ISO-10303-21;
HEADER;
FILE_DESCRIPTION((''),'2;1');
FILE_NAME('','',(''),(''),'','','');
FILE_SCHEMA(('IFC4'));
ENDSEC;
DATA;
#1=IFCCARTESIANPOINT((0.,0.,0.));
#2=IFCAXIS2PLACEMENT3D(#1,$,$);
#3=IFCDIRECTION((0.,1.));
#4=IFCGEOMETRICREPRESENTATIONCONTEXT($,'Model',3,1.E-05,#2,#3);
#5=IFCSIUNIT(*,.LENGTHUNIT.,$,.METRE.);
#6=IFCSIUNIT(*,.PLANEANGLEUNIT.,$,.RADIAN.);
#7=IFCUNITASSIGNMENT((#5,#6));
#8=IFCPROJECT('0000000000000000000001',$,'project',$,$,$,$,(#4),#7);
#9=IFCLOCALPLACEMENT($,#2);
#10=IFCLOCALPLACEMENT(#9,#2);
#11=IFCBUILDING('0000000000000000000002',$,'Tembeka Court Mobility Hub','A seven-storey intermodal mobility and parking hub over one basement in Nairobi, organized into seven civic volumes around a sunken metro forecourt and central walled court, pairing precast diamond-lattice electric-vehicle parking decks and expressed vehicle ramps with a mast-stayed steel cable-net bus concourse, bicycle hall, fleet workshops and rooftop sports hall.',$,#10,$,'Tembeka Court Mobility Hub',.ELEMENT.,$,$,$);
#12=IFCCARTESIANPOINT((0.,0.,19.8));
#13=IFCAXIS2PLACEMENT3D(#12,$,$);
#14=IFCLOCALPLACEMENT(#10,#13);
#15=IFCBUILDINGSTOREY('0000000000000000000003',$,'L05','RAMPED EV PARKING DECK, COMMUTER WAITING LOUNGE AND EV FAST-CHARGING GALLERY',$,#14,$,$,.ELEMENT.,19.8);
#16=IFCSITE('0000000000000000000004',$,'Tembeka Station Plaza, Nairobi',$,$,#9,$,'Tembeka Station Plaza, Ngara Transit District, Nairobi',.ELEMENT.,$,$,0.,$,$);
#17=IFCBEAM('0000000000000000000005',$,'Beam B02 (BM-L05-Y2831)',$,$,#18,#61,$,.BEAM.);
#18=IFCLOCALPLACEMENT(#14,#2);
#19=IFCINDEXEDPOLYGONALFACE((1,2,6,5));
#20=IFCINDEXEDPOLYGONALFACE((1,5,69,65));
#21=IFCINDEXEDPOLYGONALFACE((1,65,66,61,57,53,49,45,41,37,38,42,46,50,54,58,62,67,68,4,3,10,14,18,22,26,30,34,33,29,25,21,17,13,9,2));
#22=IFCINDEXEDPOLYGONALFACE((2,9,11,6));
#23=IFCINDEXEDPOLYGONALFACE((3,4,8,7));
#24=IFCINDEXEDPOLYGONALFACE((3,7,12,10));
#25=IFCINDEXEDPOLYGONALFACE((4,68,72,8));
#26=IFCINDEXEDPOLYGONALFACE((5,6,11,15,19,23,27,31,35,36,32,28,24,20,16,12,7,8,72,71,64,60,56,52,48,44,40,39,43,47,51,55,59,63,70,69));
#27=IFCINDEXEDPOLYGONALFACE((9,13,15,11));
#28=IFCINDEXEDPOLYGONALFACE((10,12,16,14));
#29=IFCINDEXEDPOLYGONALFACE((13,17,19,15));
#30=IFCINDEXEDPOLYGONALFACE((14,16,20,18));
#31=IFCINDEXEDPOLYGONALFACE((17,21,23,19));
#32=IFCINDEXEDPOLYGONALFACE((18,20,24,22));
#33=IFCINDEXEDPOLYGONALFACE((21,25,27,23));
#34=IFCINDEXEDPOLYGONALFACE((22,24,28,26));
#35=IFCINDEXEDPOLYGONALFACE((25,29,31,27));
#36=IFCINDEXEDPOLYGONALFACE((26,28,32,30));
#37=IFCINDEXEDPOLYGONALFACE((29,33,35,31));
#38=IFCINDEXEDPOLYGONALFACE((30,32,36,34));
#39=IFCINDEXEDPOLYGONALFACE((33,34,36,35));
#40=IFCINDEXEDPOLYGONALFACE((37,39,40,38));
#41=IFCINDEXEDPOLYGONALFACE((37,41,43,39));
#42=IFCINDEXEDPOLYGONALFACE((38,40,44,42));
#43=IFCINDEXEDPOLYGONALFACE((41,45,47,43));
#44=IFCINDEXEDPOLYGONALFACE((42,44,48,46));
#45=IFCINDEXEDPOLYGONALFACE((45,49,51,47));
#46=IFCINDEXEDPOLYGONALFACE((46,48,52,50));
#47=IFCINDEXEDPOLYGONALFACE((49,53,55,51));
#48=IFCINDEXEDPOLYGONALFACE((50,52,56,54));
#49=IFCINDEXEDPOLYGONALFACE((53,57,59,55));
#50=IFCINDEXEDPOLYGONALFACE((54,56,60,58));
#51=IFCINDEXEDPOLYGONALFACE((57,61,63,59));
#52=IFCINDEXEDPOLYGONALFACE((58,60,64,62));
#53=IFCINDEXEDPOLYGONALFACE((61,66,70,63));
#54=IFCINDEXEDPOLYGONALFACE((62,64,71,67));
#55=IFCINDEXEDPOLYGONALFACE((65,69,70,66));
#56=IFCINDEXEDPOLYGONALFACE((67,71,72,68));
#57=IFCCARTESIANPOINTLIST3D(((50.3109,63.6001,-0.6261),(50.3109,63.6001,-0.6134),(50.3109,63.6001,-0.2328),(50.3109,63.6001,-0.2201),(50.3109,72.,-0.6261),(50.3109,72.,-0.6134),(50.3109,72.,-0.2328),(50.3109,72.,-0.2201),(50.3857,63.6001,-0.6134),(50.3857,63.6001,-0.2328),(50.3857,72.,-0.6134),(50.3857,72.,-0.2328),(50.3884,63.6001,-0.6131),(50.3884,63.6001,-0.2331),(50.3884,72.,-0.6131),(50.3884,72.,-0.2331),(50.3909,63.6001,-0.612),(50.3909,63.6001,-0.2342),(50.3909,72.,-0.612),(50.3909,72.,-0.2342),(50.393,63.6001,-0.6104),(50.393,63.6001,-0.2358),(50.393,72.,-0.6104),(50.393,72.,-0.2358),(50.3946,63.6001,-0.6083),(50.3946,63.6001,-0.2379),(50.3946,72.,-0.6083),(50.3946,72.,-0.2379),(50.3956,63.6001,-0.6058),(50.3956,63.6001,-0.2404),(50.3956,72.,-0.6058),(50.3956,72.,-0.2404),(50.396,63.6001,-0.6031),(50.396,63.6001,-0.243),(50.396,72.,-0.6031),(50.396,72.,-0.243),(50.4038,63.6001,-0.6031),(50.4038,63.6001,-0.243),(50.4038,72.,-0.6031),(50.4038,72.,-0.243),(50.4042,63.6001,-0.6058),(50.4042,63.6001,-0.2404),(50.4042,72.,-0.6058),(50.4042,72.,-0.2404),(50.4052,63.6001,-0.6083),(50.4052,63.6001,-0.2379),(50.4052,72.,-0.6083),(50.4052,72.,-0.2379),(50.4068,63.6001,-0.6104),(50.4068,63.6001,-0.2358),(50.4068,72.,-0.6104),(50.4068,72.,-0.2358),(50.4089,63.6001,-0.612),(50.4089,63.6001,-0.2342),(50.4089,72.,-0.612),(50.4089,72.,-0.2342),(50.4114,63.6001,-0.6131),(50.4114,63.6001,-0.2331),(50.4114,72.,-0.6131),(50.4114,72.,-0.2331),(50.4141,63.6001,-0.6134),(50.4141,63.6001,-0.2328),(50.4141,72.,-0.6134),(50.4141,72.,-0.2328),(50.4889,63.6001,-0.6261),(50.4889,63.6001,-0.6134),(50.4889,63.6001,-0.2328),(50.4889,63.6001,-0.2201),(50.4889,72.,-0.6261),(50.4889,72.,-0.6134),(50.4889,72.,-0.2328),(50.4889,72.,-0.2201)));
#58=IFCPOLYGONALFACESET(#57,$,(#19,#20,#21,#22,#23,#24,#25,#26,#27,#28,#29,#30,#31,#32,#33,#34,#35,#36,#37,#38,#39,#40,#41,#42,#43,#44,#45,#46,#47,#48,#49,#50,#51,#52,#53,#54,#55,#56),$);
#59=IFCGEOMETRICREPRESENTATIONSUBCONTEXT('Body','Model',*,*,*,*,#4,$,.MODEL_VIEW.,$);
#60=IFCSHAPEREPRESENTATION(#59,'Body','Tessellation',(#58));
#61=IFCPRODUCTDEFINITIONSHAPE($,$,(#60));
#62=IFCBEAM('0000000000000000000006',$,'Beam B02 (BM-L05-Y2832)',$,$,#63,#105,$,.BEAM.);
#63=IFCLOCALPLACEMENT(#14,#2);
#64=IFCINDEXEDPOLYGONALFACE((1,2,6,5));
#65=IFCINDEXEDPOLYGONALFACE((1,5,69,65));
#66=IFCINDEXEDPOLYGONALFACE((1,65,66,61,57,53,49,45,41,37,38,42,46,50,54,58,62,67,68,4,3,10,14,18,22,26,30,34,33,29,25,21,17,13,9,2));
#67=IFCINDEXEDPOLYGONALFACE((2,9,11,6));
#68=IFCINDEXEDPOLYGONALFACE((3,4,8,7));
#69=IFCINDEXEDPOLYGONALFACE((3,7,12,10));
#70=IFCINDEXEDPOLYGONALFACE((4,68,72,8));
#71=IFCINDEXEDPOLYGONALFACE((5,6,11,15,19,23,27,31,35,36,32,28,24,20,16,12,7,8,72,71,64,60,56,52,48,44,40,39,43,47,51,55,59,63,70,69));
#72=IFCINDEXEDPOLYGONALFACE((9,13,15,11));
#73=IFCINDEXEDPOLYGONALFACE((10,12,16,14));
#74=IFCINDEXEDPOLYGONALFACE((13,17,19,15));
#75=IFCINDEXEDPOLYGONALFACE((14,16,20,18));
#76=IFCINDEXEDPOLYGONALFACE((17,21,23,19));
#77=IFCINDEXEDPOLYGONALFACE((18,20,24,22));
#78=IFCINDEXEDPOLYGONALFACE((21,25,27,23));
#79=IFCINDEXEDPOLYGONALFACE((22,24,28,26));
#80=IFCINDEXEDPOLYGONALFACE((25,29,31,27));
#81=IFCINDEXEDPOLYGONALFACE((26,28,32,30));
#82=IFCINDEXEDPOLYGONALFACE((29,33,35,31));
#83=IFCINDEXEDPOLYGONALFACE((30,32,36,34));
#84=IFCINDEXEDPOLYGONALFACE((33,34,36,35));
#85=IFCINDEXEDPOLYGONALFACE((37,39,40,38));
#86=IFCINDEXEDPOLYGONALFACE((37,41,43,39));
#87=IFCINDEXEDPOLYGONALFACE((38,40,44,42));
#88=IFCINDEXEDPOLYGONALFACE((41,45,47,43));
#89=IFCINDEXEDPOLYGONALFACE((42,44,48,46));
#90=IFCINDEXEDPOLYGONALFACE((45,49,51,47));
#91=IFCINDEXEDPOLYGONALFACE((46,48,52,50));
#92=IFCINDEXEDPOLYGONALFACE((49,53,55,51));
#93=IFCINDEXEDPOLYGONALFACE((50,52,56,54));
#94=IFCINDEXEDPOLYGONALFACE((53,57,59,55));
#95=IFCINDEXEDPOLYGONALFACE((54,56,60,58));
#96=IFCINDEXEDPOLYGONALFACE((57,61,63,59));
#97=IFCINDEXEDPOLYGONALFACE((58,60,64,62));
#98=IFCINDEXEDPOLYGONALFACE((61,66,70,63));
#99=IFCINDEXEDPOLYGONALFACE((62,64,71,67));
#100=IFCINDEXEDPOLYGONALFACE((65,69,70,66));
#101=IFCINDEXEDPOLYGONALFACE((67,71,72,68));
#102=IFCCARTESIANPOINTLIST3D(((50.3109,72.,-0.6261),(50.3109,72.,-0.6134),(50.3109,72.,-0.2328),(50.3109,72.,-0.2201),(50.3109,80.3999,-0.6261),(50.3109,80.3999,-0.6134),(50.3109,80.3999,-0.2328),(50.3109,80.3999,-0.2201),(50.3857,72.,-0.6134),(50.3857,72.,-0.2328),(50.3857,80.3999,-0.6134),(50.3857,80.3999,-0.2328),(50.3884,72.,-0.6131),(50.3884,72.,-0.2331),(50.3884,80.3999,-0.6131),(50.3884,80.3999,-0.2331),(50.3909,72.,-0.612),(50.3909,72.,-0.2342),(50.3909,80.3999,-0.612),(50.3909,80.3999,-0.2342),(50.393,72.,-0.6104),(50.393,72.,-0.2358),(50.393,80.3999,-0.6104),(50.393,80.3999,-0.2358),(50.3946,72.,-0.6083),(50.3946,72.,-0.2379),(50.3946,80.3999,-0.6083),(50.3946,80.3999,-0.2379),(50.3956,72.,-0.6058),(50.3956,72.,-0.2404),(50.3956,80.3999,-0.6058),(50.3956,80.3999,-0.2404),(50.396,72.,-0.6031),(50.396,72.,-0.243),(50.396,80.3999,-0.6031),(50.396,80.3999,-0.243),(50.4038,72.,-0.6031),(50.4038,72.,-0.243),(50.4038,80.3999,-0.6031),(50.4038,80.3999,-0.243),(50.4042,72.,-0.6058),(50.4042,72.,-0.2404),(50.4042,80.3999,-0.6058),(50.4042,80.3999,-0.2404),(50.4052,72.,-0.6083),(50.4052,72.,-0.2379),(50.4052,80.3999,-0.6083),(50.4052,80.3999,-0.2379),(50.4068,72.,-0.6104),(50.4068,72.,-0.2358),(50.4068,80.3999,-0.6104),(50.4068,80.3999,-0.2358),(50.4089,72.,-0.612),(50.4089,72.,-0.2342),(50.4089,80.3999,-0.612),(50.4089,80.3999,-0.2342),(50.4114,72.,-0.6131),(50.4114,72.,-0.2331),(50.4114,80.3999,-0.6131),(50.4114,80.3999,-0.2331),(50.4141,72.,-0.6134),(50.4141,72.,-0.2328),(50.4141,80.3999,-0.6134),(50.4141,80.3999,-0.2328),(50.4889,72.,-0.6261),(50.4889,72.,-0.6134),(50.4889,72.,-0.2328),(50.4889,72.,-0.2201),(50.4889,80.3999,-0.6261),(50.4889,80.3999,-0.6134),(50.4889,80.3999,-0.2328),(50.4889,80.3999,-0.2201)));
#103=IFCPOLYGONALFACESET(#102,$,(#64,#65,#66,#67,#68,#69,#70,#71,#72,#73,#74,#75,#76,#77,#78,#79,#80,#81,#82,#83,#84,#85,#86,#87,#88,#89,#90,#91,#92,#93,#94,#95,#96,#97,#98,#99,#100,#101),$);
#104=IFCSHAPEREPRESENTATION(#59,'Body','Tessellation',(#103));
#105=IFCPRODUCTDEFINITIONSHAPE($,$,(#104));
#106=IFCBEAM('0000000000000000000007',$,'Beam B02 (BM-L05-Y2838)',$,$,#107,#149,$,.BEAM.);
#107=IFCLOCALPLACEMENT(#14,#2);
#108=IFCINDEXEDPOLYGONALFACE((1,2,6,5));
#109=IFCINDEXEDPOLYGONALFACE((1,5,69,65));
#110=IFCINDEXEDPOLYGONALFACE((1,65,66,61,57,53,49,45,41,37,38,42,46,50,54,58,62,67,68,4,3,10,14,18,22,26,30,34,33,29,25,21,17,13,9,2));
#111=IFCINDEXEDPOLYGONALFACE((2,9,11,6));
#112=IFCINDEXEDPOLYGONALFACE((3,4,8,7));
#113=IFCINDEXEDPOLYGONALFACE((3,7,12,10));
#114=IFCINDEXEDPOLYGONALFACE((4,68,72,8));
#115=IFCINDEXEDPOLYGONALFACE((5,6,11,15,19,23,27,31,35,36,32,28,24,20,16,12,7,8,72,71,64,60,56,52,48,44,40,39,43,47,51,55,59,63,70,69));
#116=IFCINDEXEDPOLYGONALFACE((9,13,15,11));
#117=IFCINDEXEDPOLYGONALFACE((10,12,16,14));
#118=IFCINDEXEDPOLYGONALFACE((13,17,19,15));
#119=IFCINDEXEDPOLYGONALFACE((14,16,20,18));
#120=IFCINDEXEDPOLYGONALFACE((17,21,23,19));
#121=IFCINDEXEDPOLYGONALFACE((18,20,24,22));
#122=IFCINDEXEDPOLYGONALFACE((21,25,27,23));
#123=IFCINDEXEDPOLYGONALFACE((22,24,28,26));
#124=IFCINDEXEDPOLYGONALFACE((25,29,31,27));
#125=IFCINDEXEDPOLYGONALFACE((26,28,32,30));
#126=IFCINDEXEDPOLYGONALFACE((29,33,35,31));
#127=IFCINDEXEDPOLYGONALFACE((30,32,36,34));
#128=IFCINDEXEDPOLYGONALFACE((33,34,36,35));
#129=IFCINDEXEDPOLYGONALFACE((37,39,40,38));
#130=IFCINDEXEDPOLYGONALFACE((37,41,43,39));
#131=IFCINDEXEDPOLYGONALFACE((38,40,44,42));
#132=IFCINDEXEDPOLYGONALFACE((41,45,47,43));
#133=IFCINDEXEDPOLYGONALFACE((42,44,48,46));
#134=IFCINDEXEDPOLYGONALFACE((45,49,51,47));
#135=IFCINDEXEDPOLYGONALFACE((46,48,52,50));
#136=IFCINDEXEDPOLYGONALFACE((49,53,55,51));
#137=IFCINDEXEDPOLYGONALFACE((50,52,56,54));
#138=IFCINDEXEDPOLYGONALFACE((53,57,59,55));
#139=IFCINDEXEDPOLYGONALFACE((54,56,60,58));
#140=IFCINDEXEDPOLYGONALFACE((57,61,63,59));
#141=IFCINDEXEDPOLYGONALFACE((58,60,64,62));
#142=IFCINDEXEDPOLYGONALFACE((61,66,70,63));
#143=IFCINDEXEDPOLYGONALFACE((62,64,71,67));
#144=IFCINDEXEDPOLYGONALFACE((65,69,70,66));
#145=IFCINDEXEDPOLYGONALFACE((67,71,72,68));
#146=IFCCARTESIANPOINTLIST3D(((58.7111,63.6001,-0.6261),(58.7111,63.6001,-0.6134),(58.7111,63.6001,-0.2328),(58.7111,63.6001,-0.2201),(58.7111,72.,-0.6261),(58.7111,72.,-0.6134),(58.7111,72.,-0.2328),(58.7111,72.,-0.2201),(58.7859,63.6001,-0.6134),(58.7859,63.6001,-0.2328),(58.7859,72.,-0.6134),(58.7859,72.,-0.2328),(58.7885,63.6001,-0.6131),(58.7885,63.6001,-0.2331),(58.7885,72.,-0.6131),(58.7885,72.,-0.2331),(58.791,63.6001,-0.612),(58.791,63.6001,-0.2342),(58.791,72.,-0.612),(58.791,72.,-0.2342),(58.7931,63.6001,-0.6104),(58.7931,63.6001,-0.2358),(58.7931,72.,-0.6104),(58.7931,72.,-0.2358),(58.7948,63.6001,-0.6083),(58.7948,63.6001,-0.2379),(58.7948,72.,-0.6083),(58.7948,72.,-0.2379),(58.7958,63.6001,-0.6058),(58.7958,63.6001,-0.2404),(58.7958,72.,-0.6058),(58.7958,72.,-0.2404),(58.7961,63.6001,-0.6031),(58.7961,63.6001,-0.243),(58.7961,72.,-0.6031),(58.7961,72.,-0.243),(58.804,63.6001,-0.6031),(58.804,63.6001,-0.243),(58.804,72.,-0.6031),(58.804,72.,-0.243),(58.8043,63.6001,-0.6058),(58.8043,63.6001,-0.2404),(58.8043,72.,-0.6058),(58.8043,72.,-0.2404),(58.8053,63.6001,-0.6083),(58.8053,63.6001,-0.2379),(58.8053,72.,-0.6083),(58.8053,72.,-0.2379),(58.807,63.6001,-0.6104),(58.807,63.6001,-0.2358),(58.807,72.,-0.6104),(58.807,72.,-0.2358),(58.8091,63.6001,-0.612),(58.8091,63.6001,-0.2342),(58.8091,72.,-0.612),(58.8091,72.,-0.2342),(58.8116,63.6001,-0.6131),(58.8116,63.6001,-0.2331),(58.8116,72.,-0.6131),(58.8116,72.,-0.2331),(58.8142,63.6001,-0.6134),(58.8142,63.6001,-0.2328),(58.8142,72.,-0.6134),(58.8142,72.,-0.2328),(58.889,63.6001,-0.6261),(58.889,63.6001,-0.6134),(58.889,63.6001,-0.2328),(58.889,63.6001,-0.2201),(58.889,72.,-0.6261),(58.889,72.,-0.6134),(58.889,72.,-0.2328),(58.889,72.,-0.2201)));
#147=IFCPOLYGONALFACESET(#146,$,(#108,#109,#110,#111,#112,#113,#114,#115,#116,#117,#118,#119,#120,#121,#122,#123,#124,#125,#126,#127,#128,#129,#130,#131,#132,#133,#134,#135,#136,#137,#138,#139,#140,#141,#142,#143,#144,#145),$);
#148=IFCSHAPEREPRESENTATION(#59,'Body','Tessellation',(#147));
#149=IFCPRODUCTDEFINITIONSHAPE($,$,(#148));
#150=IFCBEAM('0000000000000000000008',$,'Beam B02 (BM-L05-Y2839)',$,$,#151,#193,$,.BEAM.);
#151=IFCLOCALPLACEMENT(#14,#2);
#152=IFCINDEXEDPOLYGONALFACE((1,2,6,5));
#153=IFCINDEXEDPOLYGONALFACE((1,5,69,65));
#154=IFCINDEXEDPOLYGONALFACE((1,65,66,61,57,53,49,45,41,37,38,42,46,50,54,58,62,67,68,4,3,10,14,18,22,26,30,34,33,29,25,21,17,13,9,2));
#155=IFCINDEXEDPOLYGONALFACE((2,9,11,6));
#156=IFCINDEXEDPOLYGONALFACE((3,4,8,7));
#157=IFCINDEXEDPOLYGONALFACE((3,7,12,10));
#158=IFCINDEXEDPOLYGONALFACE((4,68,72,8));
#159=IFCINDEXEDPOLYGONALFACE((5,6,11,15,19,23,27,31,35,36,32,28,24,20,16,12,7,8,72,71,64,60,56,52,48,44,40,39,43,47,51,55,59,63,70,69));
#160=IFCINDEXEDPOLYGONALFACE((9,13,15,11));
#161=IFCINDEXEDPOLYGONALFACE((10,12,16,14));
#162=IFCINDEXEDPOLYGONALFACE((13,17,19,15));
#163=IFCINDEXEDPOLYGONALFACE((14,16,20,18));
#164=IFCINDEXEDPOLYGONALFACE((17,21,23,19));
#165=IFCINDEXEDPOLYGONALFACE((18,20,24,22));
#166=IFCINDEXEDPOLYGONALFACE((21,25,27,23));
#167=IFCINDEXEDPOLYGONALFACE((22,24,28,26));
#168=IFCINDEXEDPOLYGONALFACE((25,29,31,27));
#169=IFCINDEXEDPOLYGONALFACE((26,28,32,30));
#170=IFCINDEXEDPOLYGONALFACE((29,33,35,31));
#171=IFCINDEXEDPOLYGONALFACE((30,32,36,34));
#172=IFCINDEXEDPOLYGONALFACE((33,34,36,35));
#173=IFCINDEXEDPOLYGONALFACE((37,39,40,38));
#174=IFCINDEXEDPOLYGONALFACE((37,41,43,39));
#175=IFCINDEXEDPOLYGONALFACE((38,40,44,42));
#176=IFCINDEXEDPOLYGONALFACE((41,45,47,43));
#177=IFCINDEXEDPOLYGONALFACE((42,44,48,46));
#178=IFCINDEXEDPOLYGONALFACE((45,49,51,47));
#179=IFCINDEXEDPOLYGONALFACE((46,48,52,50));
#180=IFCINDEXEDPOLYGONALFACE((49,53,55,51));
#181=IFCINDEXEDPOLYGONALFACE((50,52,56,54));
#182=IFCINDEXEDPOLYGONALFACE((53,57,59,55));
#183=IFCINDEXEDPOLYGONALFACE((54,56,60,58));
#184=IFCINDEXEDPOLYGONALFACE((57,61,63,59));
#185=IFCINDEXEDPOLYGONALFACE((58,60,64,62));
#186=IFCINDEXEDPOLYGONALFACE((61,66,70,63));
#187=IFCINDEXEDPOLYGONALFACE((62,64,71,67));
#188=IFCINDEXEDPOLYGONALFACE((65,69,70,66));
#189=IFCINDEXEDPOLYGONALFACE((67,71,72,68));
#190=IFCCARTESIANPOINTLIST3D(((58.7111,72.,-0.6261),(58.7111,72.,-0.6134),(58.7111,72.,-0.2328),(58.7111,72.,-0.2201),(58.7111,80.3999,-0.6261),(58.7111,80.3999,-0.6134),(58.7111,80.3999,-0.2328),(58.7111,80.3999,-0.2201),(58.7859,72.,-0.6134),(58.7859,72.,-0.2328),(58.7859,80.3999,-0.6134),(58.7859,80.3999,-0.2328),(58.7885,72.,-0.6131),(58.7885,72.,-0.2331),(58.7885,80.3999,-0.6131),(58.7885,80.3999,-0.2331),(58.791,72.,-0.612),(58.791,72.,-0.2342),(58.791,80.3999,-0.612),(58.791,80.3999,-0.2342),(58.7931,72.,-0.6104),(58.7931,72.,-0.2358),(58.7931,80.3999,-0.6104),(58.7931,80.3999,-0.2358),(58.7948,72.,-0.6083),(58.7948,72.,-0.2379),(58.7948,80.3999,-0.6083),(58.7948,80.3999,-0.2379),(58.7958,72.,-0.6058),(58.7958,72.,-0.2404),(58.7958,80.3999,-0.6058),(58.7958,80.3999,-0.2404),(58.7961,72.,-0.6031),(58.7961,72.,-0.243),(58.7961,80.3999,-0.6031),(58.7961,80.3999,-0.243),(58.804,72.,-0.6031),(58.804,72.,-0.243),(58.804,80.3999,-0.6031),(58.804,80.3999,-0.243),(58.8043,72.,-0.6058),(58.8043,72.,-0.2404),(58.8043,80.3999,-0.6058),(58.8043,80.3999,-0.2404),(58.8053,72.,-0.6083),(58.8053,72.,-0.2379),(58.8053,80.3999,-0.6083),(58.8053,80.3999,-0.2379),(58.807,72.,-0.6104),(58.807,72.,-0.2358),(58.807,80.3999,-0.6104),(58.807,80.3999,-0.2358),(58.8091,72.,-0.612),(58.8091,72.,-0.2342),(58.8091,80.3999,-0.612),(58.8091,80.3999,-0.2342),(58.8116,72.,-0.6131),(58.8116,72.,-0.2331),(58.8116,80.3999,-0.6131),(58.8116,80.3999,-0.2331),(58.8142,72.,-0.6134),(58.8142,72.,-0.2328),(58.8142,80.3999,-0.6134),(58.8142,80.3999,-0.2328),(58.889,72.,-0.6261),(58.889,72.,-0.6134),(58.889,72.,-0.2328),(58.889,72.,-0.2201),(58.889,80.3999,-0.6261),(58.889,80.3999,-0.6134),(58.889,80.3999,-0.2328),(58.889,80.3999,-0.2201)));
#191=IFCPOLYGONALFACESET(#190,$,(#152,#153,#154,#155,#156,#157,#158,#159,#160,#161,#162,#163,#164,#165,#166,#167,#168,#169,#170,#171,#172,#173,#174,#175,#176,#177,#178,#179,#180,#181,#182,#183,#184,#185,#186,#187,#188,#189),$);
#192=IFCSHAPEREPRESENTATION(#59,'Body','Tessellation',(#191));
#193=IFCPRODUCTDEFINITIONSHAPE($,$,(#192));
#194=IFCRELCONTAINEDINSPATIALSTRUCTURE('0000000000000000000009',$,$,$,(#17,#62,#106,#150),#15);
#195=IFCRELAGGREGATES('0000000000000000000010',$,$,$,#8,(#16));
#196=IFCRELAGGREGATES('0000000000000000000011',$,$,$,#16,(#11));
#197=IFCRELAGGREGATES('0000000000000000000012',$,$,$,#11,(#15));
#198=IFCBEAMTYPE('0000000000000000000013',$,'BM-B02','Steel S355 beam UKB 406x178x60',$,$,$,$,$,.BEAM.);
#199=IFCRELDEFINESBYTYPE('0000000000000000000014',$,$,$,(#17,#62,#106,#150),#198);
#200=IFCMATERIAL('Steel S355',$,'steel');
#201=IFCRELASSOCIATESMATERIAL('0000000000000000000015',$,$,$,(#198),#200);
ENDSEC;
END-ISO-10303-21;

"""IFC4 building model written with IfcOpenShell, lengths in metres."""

from ifc_helpers import new_model, si_unit, direction, frame, origin, origin_2d, place, context, subcontext, project, spatial, i_section, extrude, material, material_profile, profile_set, type_object, element, save


model = new_model("IFC4")

# Units and contexts
model_context = context("Model", 3, precision=1e-05, world=origin(), true_north=direction((0.0, 1.0)))
body_context = subcontext(model_context, "Body", "Model", "MODEL_VIEW")
ifc_project = project(units=[si_unit("LENGTHUNIT", "METRE"), si_unit("PLANEANGLEUNIT", "RADIAN")], contexts=[model_context])

# Site, building, storey
site_placement = place(None, origin())
site = spatial("IfcSite", under=ifc_project, at=site_placement, Name="Tembeka Station Plaza, Nairobi", LongName="Tembeka Station Plaza, Ngara Transit District, Nairobi", CompositionType="ELEMENT", RefElevation=0.0)
building_placement = place(site_placement, origin())
building = spatial("IfcBuilding", under=site, at=building_placement, Name="Tembeka Court Mobility Hub", Description="A seven-storey intermodal mobility and parking hub over one basement in Nairobi, organized into seven civic volumes around a sunken metro forecourt and central walled court, pairing precast diamond-lattice electric-vehicle parking decks and expressed vehicle ramps with a mast-stayed steel cable-net bus concourse, bicycle hall, fleet workshops and rooftop sports hall.", LongName="Tembeka Court Mobility Hub", CompositionType="ELEMENT")
storey_placement = place(building_placement, frame((0.0, 0.0, 19.8)))
storey = spatial("IfcBuildingStorey", under=building, at=storey_placement, Name="L05", Description="RAMPED EV PARKING DECK, COMMUTER WAITING LOUNGE AND EV FAST-CHARGING GALLERY", CompositionType="ELEMENT", Elevation=19.8)

# Shared definitions
ifc_material_1 = material(Name="Steel S355", Category="steel")

# Beams
ifc_material_profile_1 = material_profile(ifc_material_1, i_section(OverallWidth=0.178, OverallDepth=0.406, WebThickness=0.0078, FlangeThickness=0.0127, FilletRadius=0.0103, at=origin_2d()), Name="UKB 406x178x60")
ifc_profile_set_1 = profile_set([ifc_material_profile_1], Name="Steel S355")
beam_type_1 = type_object("IfcBeamType", Name="BM-B02", Description="Steel S355 beam UKB 406x178x60", PredefinedType="BEAM", material=ifc_profile_set_1)
for number, where, z_axis, x_axis, name in (
    (1, (50.3999, 63.6001, -0.4231), (0.0, 1.0, 0.0), (-1.0, 0.0, 0.0), "Beam B02 (BM-L05-Y2831)"),
    (2, (50.3999, 72.0, -0.4231), (0.0, 1.0, 0.0), (-1.0, 0.0, 0.0), "Beam B02 (BM-L05-Y2832)"),
    (3, (58.8, 63.6001, -0.4231), (0.0, 1.0, 0.0), (-1.0, 0.0, 0.0), "Beam B02 (BM-L05-Y2838)"),
    (4, (58.8, 72.0, -0.4231), (0.0, 1.0, 0.0), (-1.0, 0.0, 0.0), "Beam B02 (BM-L05-Y2839)"),
):
    element("IfcBeam", number, at=place(storey_placement, frame(where, z_axis=z_axis, x_axis=x_axis)), inside=storey, type_object=beam_type_1, Name=name, PredefinedType="BEAM", context=body_context, shape_type="SweptSolid", body=[
        extrude(i_section(OverallWidth=0.178, OverallDepth=0.406, WebThickness=0.0078, FlangeThickness=0.0127, FilletRadius=0.0103, at=origin_2d()), origin(), (0.0, 0.0, 1.0), 8.3999),
    ])

save(model, "model.ifc")
